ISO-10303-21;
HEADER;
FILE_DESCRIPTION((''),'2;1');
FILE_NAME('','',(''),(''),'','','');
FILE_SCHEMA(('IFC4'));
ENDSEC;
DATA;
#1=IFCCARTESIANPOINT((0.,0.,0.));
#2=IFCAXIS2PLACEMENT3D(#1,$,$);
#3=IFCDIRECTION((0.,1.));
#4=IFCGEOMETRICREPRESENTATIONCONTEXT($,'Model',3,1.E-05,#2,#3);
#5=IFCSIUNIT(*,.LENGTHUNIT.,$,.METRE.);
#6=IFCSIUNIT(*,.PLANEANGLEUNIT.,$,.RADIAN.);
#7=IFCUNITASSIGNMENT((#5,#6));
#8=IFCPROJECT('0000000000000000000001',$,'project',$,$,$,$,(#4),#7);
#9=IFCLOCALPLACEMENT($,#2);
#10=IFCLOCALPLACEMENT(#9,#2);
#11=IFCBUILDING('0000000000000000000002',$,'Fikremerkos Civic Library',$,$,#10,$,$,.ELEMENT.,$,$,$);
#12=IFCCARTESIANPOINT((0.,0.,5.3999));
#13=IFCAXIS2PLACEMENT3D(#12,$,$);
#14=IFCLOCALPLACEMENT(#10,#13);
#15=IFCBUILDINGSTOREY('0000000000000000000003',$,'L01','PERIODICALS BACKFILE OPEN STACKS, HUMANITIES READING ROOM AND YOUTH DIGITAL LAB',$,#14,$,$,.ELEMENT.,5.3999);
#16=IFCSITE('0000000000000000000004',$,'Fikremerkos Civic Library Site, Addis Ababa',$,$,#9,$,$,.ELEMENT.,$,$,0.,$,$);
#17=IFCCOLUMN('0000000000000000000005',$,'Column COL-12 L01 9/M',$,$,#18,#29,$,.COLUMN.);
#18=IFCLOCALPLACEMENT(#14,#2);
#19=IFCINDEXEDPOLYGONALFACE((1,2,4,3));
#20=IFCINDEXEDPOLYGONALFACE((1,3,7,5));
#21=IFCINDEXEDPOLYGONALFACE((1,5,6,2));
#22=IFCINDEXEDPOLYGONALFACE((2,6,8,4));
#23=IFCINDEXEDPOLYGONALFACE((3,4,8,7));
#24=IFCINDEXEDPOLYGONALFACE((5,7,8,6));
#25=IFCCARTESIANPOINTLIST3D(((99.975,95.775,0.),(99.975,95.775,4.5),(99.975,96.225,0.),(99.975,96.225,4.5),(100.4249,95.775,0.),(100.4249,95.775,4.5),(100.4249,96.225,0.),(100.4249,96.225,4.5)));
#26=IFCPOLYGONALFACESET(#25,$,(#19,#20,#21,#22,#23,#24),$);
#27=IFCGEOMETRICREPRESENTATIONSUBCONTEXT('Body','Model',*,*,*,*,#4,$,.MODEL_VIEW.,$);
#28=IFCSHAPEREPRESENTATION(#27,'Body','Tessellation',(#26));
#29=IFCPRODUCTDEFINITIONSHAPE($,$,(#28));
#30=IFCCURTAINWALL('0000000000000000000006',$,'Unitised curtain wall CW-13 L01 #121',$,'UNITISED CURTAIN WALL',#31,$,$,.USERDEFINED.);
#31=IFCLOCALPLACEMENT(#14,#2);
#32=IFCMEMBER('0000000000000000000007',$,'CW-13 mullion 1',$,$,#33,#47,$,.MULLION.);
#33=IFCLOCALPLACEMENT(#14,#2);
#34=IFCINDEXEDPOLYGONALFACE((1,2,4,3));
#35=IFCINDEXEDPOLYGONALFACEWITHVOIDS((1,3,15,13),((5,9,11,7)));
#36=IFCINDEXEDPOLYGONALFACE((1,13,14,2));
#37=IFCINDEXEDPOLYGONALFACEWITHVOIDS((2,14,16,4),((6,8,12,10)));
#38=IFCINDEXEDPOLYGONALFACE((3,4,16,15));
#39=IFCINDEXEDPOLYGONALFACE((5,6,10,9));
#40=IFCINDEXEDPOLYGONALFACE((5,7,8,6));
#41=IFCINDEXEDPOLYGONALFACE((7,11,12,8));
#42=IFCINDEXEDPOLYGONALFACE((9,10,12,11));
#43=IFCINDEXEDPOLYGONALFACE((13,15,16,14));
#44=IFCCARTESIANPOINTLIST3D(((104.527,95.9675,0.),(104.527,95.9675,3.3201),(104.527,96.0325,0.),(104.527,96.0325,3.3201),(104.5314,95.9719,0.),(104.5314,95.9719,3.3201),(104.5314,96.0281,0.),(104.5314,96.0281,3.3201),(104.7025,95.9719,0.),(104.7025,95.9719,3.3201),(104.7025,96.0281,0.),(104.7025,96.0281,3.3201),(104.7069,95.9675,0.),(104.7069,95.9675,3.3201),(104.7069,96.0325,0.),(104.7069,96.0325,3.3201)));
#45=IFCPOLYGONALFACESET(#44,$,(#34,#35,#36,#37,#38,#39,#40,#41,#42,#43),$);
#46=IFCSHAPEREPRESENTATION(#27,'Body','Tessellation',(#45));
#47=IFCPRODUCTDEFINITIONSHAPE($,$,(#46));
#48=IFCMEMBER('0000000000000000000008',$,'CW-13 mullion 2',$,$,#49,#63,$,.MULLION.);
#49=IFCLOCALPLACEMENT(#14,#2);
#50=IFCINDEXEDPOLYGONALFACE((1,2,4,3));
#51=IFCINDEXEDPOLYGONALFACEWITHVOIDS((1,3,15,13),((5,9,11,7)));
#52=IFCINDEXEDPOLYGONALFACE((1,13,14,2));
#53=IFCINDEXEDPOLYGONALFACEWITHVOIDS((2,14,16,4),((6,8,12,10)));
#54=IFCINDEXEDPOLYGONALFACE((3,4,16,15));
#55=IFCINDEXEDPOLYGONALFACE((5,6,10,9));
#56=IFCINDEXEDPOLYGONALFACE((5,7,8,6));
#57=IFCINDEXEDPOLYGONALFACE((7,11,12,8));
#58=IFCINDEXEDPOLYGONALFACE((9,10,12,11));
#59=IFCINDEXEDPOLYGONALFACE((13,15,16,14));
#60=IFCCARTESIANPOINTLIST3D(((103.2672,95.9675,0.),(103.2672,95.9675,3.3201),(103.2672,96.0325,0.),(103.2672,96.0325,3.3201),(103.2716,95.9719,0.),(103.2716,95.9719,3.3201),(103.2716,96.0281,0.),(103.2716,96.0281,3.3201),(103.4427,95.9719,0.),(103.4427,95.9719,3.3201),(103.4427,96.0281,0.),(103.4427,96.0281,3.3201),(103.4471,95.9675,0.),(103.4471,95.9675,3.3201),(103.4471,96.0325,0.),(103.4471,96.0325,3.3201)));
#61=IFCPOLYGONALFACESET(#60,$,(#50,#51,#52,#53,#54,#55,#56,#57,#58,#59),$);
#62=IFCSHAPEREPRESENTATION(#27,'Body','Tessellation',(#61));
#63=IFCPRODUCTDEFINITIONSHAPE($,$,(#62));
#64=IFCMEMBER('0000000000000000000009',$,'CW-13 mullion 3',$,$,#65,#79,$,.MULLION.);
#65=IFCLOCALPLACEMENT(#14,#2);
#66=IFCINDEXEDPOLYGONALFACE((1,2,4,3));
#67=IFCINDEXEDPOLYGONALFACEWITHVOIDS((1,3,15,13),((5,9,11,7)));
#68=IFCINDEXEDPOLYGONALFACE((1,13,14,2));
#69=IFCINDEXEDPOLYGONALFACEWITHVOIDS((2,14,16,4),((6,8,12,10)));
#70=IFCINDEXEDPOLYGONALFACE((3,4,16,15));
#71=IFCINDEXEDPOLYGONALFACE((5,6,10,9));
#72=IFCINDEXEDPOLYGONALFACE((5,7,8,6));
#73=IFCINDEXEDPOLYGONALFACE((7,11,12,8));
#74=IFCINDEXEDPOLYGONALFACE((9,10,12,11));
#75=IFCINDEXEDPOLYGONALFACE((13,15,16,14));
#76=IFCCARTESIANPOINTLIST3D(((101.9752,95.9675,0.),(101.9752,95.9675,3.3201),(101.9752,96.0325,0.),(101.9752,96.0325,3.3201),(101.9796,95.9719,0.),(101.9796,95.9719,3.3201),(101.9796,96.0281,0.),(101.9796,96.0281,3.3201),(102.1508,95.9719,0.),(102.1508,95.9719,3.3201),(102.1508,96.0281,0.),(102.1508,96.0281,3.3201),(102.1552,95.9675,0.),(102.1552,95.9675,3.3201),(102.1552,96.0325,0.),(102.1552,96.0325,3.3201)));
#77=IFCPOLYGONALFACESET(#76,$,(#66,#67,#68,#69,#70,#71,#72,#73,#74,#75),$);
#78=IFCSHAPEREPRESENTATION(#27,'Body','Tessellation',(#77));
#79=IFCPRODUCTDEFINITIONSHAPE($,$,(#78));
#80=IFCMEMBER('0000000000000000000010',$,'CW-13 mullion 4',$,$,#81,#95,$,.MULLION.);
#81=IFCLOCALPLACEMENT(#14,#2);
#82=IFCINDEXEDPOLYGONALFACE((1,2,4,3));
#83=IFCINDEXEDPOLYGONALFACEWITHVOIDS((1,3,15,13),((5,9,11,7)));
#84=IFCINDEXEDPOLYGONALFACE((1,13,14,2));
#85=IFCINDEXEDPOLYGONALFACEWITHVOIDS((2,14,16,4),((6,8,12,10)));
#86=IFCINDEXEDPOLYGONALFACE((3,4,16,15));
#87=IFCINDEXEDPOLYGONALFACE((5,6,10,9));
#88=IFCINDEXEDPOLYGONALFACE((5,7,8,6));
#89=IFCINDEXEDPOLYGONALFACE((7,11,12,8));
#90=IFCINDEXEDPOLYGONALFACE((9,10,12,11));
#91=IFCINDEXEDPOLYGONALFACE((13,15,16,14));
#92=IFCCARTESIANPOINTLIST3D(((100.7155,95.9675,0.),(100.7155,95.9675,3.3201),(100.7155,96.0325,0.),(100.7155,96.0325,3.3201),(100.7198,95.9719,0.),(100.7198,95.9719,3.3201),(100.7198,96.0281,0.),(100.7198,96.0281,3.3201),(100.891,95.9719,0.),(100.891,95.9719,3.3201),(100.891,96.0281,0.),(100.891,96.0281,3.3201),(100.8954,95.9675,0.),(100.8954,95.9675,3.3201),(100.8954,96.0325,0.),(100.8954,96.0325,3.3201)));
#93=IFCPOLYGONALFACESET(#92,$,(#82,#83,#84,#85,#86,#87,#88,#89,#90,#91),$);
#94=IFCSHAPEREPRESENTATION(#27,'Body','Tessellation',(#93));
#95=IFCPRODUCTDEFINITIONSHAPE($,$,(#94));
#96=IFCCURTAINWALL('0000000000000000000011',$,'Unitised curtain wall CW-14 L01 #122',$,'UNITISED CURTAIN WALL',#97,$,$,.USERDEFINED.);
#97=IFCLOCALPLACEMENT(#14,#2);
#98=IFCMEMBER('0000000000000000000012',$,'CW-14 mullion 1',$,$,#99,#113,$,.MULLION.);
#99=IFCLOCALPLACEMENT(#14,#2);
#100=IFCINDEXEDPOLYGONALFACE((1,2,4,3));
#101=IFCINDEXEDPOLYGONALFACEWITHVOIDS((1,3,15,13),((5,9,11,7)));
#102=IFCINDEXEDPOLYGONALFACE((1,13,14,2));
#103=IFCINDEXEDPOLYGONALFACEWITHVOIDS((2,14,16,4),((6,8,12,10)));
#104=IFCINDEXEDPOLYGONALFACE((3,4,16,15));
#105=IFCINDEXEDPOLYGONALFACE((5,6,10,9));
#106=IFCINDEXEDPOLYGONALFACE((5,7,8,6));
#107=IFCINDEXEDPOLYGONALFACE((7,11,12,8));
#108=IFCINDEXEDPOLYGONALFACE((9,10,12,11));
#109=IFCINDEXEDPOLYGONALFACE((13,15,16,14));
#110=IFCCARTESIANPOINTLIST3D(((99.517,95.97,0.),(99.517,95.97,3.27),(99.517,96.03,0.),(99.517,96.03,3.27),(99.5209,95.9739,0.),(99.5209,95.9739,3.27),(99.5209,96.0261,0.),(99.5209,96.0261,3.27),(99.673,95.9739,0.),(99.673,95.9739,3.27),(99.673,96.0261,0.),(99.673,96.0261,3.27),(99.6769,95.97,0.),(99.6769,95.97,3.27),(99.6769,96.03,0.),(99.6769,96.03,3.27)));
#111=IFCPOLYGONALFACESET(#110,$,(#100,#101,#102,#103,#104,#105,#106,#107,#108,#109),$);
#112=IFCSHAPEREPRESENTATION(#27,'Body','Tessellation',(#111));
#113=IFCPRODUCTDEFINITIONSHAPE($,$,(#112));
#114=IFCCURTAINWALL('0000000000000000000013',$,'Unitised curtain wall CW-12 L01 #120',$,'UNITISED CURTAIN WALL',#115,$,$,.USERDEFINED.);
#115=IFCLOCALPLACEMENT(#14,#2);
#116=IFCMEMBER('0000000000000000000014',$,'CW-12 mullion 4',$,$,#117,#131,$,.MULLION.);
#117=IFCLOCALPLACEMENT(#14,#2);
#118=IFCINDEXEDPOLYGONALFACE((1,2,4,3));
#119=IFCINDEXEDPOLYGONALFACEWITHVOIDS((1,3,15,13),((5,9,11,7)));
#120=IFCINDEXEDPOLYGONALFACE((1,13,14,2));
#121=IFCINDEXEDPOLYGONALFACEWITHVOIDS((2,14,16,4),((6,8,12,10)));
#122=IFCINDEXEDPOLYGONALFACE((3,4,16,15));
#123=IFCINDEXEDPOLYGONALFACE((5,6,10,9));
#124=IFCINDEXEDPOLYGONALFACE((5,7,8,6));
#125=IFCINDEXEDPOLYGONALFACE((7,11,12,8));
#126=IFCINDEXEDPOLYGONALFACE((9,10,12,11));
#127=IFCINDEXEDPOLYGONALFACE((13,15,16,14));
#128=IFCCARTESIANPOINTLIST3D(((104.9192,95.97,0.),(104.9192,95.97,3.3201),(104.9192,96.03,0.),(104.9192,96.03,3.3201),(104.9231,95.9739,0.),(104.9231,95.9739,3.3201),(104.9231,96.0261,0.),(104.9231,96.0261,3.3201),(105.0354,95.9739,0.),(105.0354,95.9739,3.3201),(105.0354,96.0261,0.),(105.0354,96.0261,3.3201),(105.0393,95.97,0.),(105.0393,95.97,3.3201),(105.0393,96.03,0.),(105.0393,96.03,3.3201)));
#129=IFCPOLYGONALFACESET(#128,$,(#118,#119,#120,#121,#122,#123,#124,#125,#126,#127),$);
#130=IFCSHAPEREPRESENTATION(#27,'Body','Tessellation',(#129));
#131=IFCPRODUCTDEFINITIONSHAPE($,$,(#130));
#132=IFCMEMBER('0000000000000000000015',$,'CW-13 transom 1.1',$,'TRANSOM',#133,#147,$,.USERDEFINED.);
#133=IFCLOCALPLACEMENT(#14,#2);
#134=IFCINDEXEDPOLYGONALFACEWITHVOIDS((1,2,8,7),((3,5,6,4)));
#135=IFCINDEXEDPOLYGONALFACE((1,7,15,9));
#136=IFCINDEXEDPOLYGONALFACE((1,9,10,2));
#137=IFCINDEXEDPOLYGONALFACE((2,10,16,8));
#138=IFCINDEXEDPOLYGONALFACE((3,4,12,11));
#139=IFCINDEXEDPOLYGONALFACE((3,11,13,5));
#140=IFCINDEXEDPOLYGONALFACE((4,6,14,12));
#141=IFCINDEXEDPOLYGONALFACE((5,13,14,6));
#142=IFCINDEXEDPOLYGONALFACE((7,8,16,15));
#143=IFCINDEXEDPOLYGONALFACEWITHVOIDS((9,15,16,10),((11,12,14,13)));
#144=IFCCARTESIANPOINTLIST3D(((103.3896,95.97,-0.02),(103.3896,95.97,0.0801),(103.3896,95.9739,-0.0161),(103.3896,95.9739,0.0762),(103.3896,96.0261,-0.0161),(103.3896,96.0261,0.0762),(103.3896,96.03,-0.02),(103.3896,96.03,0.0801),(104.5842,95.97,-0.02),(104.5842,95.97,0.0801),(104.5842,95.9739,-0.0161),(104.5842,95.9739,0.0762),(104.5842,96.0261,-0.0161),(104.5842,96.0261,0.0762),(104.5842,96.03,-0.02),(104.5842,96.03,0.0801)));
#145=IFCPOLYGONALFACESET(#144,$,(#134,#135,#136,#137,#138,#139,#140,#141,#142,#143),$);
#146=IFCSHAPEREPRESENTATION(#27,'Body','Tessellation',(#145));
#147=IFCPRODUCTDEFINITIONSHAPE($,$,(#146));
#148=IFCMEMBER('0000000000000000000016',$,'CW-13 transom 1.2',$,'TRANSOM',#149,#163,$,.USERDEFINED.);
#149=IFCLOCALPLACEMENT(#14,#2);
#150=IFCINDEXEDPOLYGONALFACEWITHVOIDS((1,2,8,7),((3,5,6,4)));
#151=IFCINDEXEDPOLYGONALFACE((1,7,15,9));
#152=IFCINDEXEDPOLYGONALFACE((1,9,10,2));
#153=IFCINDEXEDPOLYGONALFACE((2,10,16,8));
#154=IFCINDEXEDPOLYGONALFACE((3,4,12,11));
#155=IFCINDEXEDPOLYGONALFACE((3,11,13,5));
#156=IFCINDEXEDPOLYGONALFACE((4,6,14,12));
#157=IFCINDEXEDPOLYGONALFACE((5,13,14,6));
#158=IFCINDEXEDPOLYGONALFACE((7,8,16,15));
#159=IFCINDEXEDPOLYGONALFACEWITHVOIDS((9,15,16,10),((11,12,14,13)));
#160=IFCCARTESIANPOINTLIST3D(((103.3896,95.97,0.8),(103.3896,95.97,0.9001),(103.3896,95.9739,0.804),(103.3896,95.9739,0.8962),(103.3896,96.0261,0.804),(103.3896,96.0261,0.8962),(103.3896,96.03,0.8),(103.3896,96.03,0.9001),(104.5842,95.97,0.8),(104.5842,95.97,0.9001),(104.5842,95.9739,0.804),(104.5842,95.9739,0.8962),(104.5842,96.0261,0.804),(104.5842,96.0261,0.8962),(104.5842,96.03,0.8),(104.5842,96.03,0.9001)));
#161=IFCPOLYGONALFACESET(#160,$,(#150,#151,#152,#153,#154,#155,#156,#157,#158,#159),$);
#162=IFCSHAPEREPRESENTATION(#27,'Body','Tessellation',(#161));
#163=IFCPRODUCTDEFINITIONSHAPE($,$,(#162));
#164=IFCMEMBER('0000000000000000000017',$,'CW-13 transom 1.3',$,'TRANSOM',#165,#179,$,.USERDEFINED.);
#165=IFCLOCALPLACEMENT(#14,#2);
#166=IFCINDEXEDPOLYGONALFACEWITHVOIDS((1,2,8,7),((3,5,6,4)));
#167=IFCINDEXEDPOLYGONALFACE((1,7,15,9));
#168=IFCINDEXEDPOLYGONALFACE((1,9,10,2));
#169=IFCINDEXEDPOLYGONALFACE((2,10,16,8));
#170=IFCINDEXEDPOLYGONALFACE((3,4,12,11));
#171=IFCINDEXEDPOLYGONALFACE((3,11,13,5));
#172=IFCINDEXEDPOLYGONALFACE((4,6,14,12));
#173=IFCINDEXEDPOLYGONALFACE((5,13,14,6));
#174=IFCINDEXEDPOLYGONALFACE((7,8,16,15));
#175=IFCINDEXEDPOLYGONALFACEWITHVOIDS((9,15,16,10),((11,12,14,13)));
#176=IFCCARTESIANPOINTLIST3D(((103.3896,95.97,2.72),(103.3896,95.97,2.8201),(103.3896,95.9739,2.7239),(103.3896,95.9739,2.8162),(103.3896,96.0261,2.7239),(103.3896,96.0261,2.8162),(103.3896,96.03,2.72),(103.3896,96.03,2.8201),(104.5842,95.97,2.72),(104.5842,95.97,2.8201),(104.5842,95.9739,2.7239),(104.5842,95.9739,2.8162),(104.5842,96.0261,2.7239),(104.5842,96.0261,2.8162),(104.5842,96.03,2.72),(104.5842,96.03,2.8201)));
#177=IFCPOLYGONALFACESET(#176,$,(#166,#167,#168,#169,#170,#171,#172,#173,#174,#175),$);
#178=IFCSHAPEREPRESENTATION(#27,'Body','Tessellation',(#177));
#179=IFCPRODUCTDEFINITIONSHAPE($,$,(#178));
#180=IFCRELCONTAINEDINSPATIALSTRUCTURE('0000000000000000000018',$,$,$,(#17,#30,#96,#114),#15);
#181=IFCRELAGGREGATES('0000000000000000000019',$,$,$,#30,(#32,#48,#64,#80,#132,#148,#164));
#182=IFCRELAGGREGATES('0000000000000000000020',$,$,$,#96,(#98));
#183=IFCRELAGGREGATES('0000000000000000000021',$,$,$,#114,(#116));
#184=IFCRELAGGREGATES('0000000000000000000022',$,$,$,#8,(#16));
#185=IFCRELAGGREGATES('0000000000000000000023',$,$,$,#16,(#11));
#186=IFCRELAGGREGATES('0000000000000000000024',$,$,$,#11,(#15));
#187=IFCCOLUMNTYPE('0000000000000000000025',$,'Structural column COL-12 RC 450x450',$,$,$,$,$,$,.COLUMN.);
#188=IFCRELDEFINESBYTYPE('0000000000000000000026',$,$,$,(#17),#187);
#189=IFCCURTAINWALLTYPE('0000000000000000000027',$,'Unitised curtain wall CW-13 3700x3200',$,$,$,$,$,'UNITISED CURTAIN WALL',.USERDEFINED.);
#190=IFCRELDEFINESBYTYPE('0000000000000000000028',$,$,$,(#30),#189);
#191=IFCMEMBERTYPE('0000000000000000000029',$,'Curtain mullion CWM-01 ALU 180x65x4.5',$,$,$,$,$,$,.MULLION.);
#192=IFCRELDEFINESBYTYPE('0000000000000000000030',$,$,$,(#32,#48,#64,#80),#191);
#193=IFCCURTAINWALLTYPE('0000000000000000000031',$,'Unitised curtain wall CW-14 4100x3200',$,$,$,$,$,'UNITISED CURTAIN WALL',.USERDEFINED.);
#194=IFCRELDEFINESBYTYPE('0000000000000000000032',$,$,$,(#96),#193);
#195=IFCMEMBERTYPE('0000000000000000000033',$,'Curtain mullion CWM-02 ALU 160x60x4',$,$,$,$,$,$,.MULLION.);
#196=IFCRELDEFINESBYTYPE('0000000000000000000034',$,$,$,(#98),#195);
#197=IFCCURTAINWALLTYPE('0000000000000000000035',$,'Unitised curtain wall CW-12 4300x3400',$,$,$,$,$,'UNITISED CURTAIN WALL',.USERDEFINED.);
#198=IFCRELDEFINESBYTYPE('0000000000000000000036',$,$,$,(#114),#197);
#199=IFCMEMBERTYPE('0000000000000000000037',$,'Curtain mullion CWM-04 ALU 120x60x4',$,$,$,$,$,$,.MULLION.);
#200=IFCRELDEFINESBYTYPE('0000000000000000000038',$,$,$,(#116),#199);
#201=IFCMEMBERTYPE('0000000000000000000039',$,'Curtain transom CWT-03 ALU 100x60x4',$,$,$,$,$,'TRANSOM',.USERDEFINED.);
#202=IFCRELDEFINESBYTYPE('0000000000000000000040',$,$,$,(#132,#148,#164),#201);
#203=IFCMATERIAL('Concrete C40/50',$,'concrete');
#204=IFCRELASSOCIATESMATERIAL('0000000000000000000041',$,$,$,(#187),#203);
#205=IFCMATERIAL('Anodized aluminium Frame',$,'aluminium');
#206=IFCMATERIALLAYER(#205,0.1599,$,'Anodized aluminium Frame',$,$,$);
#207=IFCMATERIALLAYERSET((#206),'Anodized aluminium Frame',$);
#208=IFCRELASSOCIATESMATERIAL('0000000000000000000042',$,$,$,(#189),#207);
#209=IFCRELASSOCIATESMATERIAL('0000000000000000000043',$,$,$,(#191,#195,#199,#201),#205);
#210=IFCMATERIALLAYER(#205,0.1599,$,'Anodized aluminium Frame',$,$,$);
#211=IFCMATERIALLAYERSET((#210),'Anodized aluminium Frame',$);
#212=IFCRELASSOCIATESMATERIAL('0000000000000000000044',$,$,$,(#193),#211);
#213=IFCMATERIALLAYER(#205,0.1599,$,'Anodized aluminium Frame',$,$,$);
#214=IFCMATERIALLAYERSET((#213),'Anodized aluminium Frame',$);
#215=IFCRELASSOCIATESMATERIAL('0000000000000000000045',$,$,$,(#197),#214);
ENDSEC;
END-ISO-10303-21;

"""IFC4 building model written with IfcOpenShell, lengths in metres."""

from ifc_helpers import new_model, si_unit, direction, frame, origin, origin_2d, place, context, subcontext, project, spatial, rectangle, hollow_rectangle, extrude, material, layer, layer_set, material_profile, profile_set, type_object, element, aggregate, save


model = new_model("IFC4")

# Units and contexts
model_context = context("Model", 3, precision=1e-05, world=origin(), true_north=direction((0.0, 1.0)))
body_context = subcontext(model_context, "Body", "Model", "MODEL_VIEW")
ifc_project = project(units=[si_unit("LENGTHUNIT", "METRE"), si_unit("PLANEANGLEUNIT", "RADIAN")], contexts=[model_context])

# Site, building, storey
site_placement = place(None, origin())
site = spatial("IfcSite", under=ifc_project, at=site_placement, Name="Fikremerkos Civic Library Site, Addis Ababa", CompositionType="ELEMENT", RefElevation=0.0)
building_placement = place(site_placement, origin())
building = spatial("IfcBuilding", under=site, at=building_placement, Name="Fikremerkos Civic Library", CompositionType="ELEMENT")
storey_placement = place(building_placement, frame((0.0, 0.0, 5.3999)))
storey = spatial("IfcBuildingStorey", under=building, at=storey_placement, Name="L01", Description="PERIODICALS BACKFILE OPEN STACKS, HUMANITIES READING ROOM AND YOUTH DIGITAL LAB", CompositionType="ELEMENT", Elevation=5.3999)

# Column
ifc_material_1 = material(Name="Concrete C40/50", Category="concrete")
ifc_material_profile_1 = material_profile(ifc_material_1, rectangle(XDim=0.45, YDim=0.45, at=origin_2d()), Name="RC 450x450")
ifc_profile_set_1 = profile_set([ifc_material_profile_1], Name="Concrete C40/50")
column_type = type_object("IfcColumnType", Name="Structural column COL-12 RC 450x450", PredefinedType="COLUMN", material=ifc_profile_set_1)
column_placement = place(storey_placement, frame((100.2, 96.0, 0.0), z_axis=(0.0, 0.0, 1.0), x_axis=(1.0, 0.0, 0.0)))
element("IfcColumn", 1, at=column_placement, inside=storey, type_object=column_type, Name="Column COL-12 L01 9/M", PredefinedType="COLUMN", context=body_context, shape_type="SweptSolid", body=[
    extrude(rectangle(XDim=0.45, YDim=0.45, at=origin_2d()), origin(), (0.0, 0.0, 1.0), 4.5),
])

# Curtain wall, members
ifc_material_2 = material(Name="Anodized aluminium Frame", Category="aluminium")
ifc_layer_1 = layer(ifc_material_2, 0.1599, Name="Anodized aluminium Frame")
ifc_layer_set_1 = layer_set([ifc_layer_1], Name="Anodized aluminium Frame")
curtain_wall_type_1 = type_object("IfcCurtainWallType", Name="Unitised curtain wall CW-13 3700x3200", ElementType="UNITISED CURTAIN WALL", PredefinedType="USERDEFINED", material=ifc_layer_set_1)
curtain_wall_1_placement = place(storey_placement, origin())
curtain_wall_1 = element("IfcCurtainWall", 2, at=curtain_wall_1_placement, inside=storey, type_object=curtain_wall_type_1, Name="Unitised curtain wall CW-13 L01 #121", ObjectType="UNITISED CURTAIN WALL", PredefinedType="USERDEFINED")
ifc_material_profile_2 = material_profile(ifc_material_2, hollow_rectangle(XDim=0.0649, YDim=0.1799, WallThickness=0.0044, at=origin_2d()), Name="ALU 180x65x4.5")
ifc_profile_set_2 = profile_set([ifc_material_profile_2], Name="Anodized aluminium Frame")
member_type_1 = type_object("IfcMemberType", Name="Curtain mullion CWM-01 ALU 180x65x4.5", PredefinedType="MULLION", material=ifc_profile_set_2)
member_1_placement = place(storey_placement, frame((104.6169, 96.0, 0.0), z_axis=(0.0, 0.0, 1.0), x_axis=(0.0, -1.0, 0.0)))
member_1 = element("IfcMember", 3, at=member_1_placement, type_object=member_type_1, Name="CW-13 mullion 1", PredefinedType="MULLION", context=body_context, shape_type="SweptSolid", body=[
    extrude(hollow_rectangle(XDim=0.0649, YDim=0.1799, WallThickness=0.0044, at=origin_2d()), origin(), (0.0, 0.0, 1.0), 3.3201),
])
member_2_placement = place(storey_placement, frame((103.3572, 96.0, 0.0), z_axis=(0.0, 0.0, 1.0), x_axis=(0.0, -1.0, 0.0)))
member_2 = element("IfcMember", 4, at=member_2_placement, type_object=member_type_1, Name="CW-13 mullion 2", PredefinedType="MULLION", context=body_context, shape_type="SweptSolid", body=[
    extrude(hollow_rectangle(XDim=0.0649, YDim=0.1799, WallThickness=0.0044, at=origin_2d()), origin(), (0.0, 0.0, 1.0), 3.3201),
])
member_3_placement = place(storey_placement, frame((102.0652, 96.0, 0.0), z_axis=(0.0, 0.0, 1.0), x_axis=(0.0, -1.0, 0.0)))
member_3 = element("IfcMember", 5, at=member_3_placement, type_object=member_type_1, Name="CW-13 mullion 3", PredefinedType="MULLION", context=body_context, shape_type="SweptSolid", body=[
    extrude(hollow_rectangle(XDim=0.0649, YDim=0.1799, WallThickness=0.0044, at=origin_2d()), origin(), (0.0, 0.0, 1.0), 3.3201),
])
member_4_placement = place(storey_placement, frame((100.8054, 96.0, 0.0), z_axis=(0.0, 0.0, 1.0), x_axis=(0.0, -1.0, 0.0)))
member_4 = element("IfcMember", 6, at=member_4_placement, type_object=member_type_1, Name="CW-13 mullion 4", PredefinedType="MULLION", context=body_context, shape_type="SweptSolid", body=[
    extrude(hollow_rectangle(XDim=0.0649, YDim=0.1799, WallThickness=0.0044, at=origin_2d()), origin(), (0.0, 0.0, 1.0), 3.3201),
])

# Curtain walls, members
ifc_layer_2 = layer(ifc_material_2, 0.1599, Name="Anodized aluminium Frame")
ifc_layer_set_2 = layer_set([ifc_layer_2], Name="Anodized aluminium Frame")
curtain_wall_type_2 = type_object("IfcCurtainWallType", Name="Unitised curtain wall CW-14 4100x3200", ElementType="UNITISED CURTAIN WALL", PredefinedType="USERDEFINED", material=ifc_layer_set_2)
curtain_wall_2_placement = place(storey_placement, origin())
curtain_wall_2 = element("IfcCurtainWall", 7, at=curtain_wall_2_placement, inside=storey, type_object=curtain_wall_type_2, Name="Unitised curtain wall CW-14 L01 #122", ObjectType="UNITISED CURTAIN WALL", PredefinedType="USERDEFINED")
ifc_material_profile_3 = material_profile(ifc_material_2, hollow_rectangle(XDim=0.0601, YDim=0.1599, WallThickness=0.0039, at=origin_2d()), Name="ALU 160x60x4")
ifc_profile_set_3 = profile_set([ifc_material_profile_3], Name="Anodized aluminium Frame")
member_type_2 = type_object("IfcMemberType", Name="Curtain mullion CWM-02 ALU 160x60x4", PredefinedType="MULLION", material=ifc_profile_set_3)
member_5_placement = place(storey_placement, frame((99.5969, 96.0, 0.0), z_axis=(0.0, 0.0, 1.0), x_axis=(0.0, -1.0, 0.0)))
member_5 = element("IfcMember", 8, at=member_5_placement, type_object=member_type_2, Name="CW-14 mullion 1", PredefinedType="MULLION", context=body_context, shape_type="SweptSolid", body=[
    extrude(hollow_rectangle(XDim=0.0601, YDim=0.1599, WallThickness=0.0039, at=origin_2d()), origin(), (0.0, 0.0, 1.0), 3.27),
])
ifc_layer_3 = layer(ifc_material_2, 0.1599, Name="Anodized aluminium Frame")
ifc_layer_set_3 = layer_set([ifc_layer_3], Name="Anodized aluminium Frame")
curtain_wall_type_3 = type_object("IfcCurtainWallType", Name="Unitised curtain wall CW-12 4300x3400", ElementType="UNITISED CURTAIN WALL", PredefinedType="USERDEFINED", material=ifc_layer_set_3)
curtain_wall_3_placement = place(storey_placement, origin())
curtain_wall_3 = element("IfcCurtainWall", 9, at=curtain_wall_3_placement, inside=storey, type_object=curtain_wall_type_3, Name="Unitised curtain wall CW-12 L01 #120", ObjectType="UNITISED CURTAIN WALL", PredefinedType="USERDEFINED")
ifc_material_profile_4 = material_profile(ifc_material_2, hollow_rectangle(XDim=0.0601, YDim=0.1201, WallThickness=0.0039, at=origin_2d()), Name="ALU 120x60x4")
ifc_profile_set_4 = profile_set([ifc_material_profile_4], Name="Anodized aluminium Frame")
member_type_3 = type_object("IfcMemberType", Name="Curtain mullion CWM-04 ALU 120x60x4", PredefinedType="MULLION", material=ifc_profile_set_4)
member_6_placement = place(storey_placement, frame((104.9792, 96.0, 0.0), z_axis=(0.0, 0.0, 1.0), x_axis=(0.0, -1.0, 0.0)))
member_6 = element("IfcMember", 10, at=member_6_placement, type_object=member_type_3, Name="CW-12 mullion 4", PredefinedType="MULLION", context=body_context, shape_type="SweptSolid", body=[
    extrude(hollow_rectangle(XDim=0.0601, YDim=0.1201, WallThickness=0.0039, at=origin_2d()), origin(), (0.0, 0.0, 1.0), 3.3201),
])

# Members
ifc_material_profile_5 = material_profile(ifc_material_2, hollow_rectangle(XDim=0.0601, YDim=0.1001, WallThickness=0.0039, at=origin_2d()), Name="ALU 100x60x4")
ifc_profile_set_5 = profile_set([ifc_material_profile_5], Name="Anodized aluminium Frame")
member_type_4 = type_object("IfcMemberType", Name="Curtain transom CWT-03 ALU 100x60x4", ElementType="TRANSOM", PredefinedType="USERDEFINED", material=ifc_profile_set_5)
member_7_placement = place(storey_placement, frame((104.5842, 96.0, 0.03), z_axis=(-1.0, 0.0, 0.0), x_axis=(0.0, -1.0, 0.0)))
member_7 = element("IfcMember", 11, at=member_7_placement, type_object=member_type_4, Name="CW-13 transom 1.1", ObjectType="TRANSOM", PredefinedType="USERDEFINED", context=body_context, shape_type="SweptSolid", body=[
    extrude(hollow_rectangle(XDim=0.0601, YDim=0.1001, WallThickness=0.0039, at=origin_2d()), origin(), (0.0, 0.0, 1.0), 1.1946),
])
member_8_placement = place(storey_placement, frame((104.5842, 96.0, 0.8501), z_axis=(-1.0, 0.0, 0.0), x_axis=(0.0, -1.0, 0.0)))
member_8 = element("IfcMember", 12, at=member_8_placement, type_object=member_type_4, Name="CW-13 transom 1.2", ObjectType="TRANSOM", PredefinedType="USERDEFINED", context=body_context, shape_type="SweptSolid", body=[
    extrude(hollow_rectangle(XDim=0.0601, YDim=0.1001, WallThickness=0.0039, at=origin_2d()), origin(), (0.0, 0.0, 1.0), 1.1946),
])
member_9_placement = place(storey_placement, frame((104.5842, 96.0, 2.77), z_axis=(-1.0, 0.0, 0.0), x_axis=(0.0, -1.0, 0.0)))
member_9 = element("IfcMember", 13, at=member_9_placement, type_object=member_type_4, Name="CW-13 transom 1.3", ObjectType="TRANSOM", PredefinedType="USERDEFINED", context=body_context, shape_type="SweptSolid", body=[
    extrude(hollow_rectangle(XDim=0.0601, YDim=0.1001, WallThickness=0.0039, at=origin_2d()), origin(), (0.0, 0.0, 1.0), 1.1946),
])

aggregate(curtain_wall_1, [member_1, member_2, member_3, member_4, member_7, member_8, member_9])
aggregate(curtain_wall_2, [member_5])
aggregate(curtain_wall_3, [member_6])

save(model, "model.ifc")
